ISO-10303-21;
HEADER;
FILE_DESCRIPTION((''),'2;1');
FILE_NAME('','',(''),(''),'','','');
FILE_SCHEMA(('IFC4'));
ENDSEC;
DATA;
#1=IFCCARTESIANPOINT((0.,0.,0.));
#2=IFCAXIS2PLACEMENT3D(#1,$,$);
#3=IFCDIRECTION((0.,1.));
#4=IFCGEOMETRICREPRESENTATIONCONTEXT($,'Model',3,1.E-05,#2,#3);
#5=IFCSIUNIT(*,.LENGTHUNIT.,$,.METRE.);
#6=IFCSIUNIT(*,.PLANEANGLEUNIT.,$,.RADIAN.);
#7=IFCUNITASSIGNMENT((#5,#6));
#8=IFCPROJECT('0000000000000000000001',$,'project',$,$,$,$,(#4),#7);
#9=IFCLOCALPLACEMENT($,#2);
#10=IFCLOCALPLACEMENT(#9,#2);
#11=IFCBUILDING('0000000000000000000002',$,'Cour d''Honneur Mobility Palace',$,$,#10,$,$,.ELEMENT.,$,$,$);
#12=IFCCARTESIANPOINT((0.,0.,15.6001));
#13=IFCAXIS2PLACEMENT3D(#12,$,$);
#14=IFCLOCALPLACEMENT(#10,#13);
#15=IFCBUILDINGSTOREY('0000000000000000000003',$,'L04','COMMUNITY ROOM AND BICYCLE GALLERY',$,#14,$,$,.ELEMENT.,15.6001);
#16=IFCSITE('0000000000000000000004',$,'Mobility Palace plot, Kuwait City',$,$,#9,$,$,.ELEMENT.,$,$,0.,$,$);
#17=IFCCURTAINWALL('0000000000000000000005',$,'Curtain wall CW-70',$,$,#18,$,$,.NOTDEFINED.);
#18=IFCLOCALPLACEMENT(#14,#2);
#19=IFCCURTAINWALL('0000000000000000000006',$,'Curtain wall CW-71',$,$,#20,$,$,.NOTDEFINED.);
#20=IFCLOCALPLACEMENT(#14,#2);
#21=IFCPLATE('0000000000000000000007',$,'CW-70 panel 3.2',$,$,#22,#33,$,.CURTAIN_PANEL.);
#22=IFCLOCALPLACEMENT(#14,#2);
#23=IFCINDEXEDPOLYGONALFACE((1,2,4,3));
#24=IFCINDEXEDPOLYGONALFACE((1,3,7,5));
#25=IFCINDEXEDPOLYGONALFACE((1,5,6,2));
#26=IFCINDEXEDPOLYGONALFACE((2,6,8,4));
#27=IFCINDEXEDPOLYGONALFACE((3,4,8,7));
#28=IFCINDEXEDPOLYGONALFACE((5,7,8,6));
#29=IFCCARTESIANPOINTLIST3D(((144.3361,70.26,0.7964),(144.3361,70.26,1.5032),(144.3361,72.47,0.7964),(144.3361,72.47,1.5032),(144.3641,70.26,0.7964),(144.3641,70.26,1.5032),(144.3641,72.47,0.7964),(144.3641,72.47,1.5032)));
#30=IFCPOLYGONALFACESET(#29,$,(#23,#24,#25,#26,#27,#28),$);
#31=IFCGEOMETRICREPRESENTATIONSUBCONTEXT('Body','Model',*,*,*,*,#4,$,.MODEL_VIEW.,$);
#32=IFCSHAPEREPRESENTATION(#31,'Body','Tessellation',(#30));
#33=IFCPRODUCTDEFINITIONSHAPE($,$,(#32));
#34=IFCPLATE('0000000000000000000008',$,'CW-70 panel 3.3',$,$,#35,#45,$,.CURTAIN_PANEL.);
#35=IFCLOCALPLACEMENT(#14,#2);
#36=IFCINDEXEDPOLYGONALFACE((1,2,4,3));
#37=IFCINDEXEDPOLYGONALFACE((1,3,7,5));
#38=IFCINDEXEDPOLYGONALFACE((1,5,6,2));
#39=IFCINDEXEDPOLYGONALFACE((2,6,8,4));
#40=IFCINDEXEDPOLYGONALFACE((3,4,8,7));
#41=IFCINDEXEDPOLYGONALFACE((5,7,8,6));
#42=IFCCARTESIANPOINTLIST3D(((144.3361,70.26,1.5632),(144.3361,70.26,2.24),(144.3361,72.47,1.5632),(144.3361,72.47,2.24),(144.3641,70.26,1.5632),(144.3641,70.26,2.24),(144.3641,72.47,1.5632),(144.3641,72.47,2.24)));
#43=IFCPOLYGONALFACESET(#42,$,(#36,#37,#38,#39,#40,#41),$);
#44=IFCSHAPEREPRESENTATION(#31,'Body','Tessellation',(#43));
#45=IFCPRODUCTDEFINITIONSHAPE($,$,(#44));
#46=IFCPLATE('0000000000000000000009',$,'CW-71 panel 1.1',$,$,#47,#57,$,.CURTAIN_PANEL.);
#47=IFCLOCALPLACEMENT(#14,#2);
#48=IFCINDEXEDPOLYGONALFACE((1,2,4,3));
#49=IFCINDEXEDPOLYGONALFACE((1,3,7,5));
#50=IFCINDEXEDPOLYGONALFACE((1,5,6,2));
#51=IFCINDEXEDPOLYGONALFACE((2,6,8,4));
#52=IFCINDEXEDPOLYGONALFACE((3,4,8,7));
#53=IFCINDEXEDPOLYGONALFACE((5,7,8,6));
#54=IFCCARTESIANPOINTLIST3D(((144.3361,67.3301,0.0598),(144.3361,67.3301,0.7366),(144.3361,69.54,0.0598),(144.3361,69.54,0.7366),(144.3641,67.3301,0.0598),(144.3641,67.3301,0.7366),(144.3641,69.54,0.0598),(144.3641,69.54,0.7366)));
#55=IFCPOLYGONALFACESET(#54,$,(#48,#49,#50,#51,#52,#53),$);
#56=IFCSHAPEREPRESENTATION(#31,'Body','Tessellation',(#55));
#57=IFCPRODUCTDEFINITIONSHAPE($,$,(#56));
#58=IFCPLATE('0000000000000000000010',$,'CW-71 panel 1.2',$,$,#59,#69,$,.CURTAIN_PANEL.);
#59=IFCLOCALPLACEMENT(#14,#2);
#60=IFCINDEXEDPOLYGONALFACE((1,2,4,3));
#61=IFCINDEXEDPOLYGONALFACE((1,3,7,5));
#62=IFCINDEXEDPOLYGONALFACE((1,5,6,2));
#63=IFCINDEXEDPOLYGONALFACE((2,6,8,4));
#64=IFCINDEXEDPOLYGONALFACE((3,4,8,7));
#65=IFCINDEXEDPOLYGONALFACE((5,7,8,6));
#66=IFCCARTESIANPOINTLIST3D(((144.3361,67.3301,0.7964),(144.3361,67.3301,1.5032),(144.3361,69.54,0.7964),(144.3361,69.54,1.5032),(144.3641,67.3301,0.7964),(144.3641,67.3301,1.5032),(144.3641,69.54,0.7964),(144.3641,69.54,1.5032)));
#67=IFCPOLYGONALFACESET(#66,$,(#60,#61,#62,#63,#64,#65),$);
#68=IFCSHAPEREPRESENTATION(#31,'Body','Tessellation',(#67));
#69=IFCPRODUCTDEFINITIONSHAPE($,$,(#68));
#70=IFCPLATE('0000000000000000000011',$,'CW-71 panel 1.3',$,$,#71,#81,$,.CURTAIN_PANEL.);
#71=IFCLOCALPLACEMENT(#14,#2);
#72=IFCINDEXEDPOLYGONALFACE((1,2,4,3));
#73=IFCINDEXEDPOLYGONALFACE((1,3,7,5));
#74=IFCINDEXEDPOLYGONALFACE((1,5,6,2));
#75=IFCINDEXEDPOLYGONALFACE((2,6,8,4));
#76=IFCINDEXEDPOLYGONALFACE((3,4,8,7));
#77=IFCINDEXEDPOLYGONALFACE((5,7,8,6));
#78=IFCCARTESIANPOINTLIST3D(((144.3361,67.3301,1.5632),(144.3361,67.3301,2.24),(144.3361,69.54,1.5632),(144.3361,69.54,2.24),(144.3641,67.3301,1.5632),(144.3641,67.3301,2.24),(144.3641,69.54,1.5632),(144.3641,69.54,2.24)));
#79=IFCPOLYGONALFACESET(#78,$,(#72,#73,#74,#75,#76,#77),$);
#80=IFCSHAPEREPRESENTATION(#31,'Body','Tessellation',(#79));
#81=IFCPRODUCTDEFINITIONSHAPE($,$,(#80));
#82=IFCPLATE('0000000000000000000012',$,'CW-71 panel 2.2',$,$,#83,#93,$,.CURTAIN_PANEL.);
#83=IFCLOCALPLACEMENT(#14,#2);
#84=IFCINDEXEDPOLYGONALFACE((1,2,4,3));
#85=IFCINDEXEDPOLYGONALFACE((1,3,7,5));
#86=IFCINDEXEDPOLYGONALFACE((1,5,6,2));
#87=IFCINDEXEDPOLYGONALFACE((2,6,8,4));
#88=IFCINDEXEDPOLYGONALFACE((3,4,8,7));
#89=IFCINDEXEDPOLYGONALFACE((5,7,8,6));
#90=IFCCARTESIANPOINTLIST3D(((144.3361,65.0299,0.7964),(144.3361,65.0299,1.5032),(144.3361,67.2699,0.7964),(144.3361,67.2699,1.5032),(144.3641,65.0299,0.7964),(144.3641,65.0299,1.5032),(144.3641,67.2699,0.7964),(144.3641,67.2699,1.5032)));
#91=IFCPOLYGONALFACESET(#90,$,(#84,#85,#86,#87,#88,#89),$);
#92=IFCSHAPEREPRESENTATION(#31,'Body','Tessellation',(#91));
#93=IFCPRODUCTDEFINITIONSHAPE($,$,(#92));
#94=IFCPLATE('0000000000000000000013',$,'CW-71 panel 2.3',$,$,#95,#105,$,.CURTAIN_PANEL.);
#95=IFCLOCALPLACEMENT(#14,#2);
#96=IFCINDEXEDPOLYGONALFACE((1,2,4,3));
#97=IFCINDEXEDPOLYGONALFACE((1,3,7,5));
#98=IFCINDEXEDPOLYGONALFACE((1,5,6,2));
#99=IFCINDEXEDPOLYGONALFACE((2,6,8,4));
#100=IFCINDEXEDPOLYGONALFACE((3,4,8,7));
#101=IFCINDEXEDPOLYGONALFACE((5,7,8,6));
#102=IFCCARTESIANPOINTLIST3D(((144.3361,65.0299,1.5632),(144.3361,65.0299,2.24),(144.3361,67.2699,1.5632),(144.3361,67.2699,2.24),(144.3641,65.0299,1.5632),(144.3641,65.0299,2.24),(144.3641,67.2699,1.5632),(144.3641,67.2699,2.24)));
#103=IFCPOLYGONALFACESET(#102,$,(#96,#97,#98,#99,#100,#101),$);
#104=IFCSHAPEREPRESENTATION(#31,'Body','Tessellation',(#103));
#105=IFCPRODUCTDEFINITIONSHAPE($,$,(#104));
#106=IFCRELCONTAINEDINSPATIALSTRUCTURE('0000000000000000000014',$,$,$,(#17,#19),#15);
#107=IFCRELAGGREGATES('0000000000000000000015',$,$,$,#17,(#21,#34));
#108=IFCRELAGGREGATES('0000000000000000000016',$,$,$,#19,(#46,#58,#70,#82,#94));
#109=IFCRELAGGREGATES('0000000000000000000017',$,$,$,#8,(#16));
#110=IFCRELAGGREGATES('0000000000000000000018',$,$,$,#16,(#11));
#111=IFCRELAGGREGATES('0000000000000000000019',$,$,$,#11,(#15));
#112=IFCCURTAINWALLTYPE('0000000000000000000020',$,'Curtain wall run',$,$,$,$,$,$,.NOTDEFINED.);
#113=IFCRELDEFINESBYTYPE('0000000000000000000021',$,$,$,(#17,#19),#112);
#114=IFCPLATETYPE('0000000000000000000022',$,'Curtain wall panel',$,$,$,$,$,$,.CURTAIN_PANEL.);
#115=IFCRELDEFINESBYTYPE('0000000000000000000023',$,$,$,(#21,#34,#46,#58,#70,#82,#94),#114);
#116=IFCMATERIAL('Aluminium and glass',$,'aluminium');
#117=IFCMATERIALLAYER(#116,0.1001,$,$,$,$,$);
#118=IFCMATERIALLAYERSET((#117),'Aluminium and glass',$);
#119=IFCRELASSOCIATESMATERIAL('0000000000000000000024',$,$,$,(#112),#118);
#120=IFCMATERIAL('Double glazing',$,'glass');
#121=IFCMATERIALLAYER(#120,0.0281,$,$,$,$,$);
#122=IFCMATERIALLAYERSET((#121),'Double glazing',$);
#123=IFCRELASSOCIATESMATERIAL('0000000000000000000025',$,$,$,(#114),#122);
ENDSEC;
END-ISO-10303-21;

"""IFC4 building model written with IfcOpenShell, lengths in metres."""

from ifc_helpers import new_model, si_unit, direction, frame, origin, origin_2d, place, context, subcontext, project, spatial, rectangle, extrude, material, layer, layer_set, type_object, element, aggregate, save


model = new_model("IFC4")

# Units and contexts
model_context = context("Model", 3, precision=1e-05, world=origin(), true_north=direction((0.0, 1.0)))
body_context = subcontext(model_context, "Body", "Model", "MODEL_VIEW")
ifc_project = project(units=[si_unit("LENGTHUNIT", "METRE"), si_unit("PLANEANGLEUNIT", "RADIAN")], contexts=[model_context])

# Site, building, storey
site_placement = place(None, origin())
site = spatial("IfcSite", under=ifc_project, at=site_placement, Name="Mobility Palace plot, Kuwait City", CompositionType="ELEMENT", RefElevation=0.0)
building_placement = place(site_placement, origin())
building = spatial("IfcBuilding", under=site, at=building_placement, Name="Cour d'Honneur Mobility Palace", CompositionType="ELEMENT")
storey_placement = place(building_placement, frame((0.0, 0.0, 15.6001)))
storey = spatial("IfcBuildingStorey", under=building, at=storey_placement, Name="L04", Description="COMMUNITY ROOM AND BICYCLE GALLERY", CompositionType="ELEMENT", Elevation=15.6001)

# Curtain walls
ifc_material_1 = material(Name="Aluminium and glass", Category="aluminium")
ifc_layer_1 = layer(ifc_material_1, 0.1001)
ifc_layer_set_1 = layer_set([ifc_layer_1], Name="Aluminium and glass")
curtain_wall_type = type_object("IfcCurtainWallType", Name="Curtain wall run", PredefinedType="NOTDEFINED", material=ifc_layer_set_1)
curtain_wall_1_placement = place(storey_placement, origin())
curtain_wall_1 = element("IfcCurtainWall", 1, at=curtain_wall_1_placement, inside=storey, type_object=curtain_wall_type, Name="Curtain wall CW-70", PredefinedType="NOTDEFINED")
curtain_wall_2_placement = place(storey_placement, origin())
curtain_wall_2 = element("IfcCurtainWall", 2, at=curtain_wall_2_placement, inside=storey, type_object=curtain_wall_type, Name="Curtain wall CW-71", PredefinedType="NOTDEFINED")

# Plates
ifc_material_2 = material(Name="Double glazing", Category="glass")
ifc_layer_2 = layer(ifc_material_2, 0.0281)
ifc_layer_set_2 = layer_set([ifc_layer_2], Name="Double glazing")
plate_type = type_object("IfcPlateType", Name="Curtain wall panel", PredefinedType="CURTAIN_PANEL", material=ifc_layer_set_2)
plate_1_placement = place(storey_placement, frame((144.3501, 71.365, 0.7964), z_axis=(0.0, 0.0, 1.0), x_axis=(0.0, -1.0, 0.0)))
plate_1 = element("IfcPlate", 3, at=plate_1_placement, type_object=plate_type, Name="CW-70 panel 3.2", PredefinedType="CURTAIN_PANEL", context=body_context, shape_type="SweptSolid", body=[
    extrude(rectangle(XDim=2.21, YDim=0.0281, at=origin_2d()), origin(), (0.0, 0.0, 1.0), 0.7068),
])
plate_2_placement = place(storey_placement, frame((144.3501, 71.365, 1.5632), z_axis=(0.0, 0.0, 1.0), x_axis=(0.0, -1.0, 0.0)))
plate_2 = element("IfcPlate", 4, at=plate_2_placement, type_object=plate_type, Name="CW-70 panel 3.3", PredefinedType="CURTAIN_PANEL", context=body_context, shape_type="SweptSolid", body=[
    extrude(rectangle(XDim=2.21, YDim=0.0281, at=origin_2d()), origin(), (0.0, 0.0, 1.0), 0.6768),
])
aggregate(curtain_wall_1, [plate_1, plate_2])
plate_3_placement = place(storey_placement, frame((144.3501, 68.4351, 0.0598), z_axis=(0.0, 0.0, 1.0), x_axis=(0.0, -1.0, 0.0)))
plate_3 = element("IfcPlate", 5, at=plate_3_placement, type_object=plate_type, Name="CW-71 panel 1.1", PredefinedType="CURTAIN_PANEL", context=body_context, shape_type="SweptSolid", body=[
    extrude(rectangle(XDim=2.21, YDim=0.0281, at=origin_2d()), origin(), (0.0, 0.0, 1.0), 0.6768),
])
plate_4_placement = place(storey_placement, frame((144.3501, 68.4351, 0.7964), z_axis=(0.0, 0.0, 1.0), x_axis=(0.0, -1.0, 0.0)))
plate_4 = element("IfcPlate", 6, at=plate_4_placement, type_object=plate_type, Name="CW-71 panel 1.2", PredefinedType="CURTAIN_PANEL", context=body_context, shape_type="SweptSolid", body=[
    extrude(rectangle(XDim=2.21, YDim=0.0281, at=origin_2d()), origin(), (0.0, 0.0, 1.0), 0.7068),
])
plate_5_placement = place(storey_placement, frame((144.3501, 68.4351, 1.5632), z_axis=(0.0, 0.0, 1.0), x_axis=(0.0, -1.0, 0.0)))
plate_5 = element("IfcPlate", 7, at=plate_5_placement, type_object=plate_type, Name="CW-71 panel 1.3", PredefinedType="CURTAIN_PANEL", context=body_context, shape_type="SweptSolid", body=[
    extrude(rectangle(XDim=2.21, YDim=0.0281, at=origin_2d()), origin(), (0.0, 0.0, 1.0), 0.6768),
])
plate_6_placement = place(storey_placement, frame((144.3501, 66.1499, 0.7964), z_axis=(0.0, 0.0, 1.0), x_axis=(0.0, -1.0, 0.0)))
plate_6 = element("IfcPlate", 8, at=plate_6_placement, type_object=plate_type, Name="CW-71 panel 2.2", PredefinedType="CURTAIN_PANEL", context=body_context, shape_type="SweptSolid", body=[
    extrude(rectangle(XDim=2.24, YDim=0.0281, at=origin_2d()), origin(), (0.0, 0.0, 1.0), 0.7068),
])
plate_7_placement = place(storey_placement, frame((144.3501, 66.1499, 1.5632), z_axis=(0.0, 0.0, 1.0), x_axis=(0.0, -1.0, 0.0)))
plate_7 = element("IfcPlate", 9, at=plate_7_placement, type_object=plate_type, Name="CW-71 panel 2.3", PredefinedType="CURTAIN_PANEL", context=body_context, shape_type="SweptSolid", body=[
    extrude(rectangle(XDim=2.24, YDim=0.0281, at=origin_2d()), origin(), (0.0, 0.0, 1.0), 0.6768),
])
aggregate(curtain_wall_2, [plate_3, plate_4, plate_5, plate_6, plate_7])

save(model, "model.ifc")
